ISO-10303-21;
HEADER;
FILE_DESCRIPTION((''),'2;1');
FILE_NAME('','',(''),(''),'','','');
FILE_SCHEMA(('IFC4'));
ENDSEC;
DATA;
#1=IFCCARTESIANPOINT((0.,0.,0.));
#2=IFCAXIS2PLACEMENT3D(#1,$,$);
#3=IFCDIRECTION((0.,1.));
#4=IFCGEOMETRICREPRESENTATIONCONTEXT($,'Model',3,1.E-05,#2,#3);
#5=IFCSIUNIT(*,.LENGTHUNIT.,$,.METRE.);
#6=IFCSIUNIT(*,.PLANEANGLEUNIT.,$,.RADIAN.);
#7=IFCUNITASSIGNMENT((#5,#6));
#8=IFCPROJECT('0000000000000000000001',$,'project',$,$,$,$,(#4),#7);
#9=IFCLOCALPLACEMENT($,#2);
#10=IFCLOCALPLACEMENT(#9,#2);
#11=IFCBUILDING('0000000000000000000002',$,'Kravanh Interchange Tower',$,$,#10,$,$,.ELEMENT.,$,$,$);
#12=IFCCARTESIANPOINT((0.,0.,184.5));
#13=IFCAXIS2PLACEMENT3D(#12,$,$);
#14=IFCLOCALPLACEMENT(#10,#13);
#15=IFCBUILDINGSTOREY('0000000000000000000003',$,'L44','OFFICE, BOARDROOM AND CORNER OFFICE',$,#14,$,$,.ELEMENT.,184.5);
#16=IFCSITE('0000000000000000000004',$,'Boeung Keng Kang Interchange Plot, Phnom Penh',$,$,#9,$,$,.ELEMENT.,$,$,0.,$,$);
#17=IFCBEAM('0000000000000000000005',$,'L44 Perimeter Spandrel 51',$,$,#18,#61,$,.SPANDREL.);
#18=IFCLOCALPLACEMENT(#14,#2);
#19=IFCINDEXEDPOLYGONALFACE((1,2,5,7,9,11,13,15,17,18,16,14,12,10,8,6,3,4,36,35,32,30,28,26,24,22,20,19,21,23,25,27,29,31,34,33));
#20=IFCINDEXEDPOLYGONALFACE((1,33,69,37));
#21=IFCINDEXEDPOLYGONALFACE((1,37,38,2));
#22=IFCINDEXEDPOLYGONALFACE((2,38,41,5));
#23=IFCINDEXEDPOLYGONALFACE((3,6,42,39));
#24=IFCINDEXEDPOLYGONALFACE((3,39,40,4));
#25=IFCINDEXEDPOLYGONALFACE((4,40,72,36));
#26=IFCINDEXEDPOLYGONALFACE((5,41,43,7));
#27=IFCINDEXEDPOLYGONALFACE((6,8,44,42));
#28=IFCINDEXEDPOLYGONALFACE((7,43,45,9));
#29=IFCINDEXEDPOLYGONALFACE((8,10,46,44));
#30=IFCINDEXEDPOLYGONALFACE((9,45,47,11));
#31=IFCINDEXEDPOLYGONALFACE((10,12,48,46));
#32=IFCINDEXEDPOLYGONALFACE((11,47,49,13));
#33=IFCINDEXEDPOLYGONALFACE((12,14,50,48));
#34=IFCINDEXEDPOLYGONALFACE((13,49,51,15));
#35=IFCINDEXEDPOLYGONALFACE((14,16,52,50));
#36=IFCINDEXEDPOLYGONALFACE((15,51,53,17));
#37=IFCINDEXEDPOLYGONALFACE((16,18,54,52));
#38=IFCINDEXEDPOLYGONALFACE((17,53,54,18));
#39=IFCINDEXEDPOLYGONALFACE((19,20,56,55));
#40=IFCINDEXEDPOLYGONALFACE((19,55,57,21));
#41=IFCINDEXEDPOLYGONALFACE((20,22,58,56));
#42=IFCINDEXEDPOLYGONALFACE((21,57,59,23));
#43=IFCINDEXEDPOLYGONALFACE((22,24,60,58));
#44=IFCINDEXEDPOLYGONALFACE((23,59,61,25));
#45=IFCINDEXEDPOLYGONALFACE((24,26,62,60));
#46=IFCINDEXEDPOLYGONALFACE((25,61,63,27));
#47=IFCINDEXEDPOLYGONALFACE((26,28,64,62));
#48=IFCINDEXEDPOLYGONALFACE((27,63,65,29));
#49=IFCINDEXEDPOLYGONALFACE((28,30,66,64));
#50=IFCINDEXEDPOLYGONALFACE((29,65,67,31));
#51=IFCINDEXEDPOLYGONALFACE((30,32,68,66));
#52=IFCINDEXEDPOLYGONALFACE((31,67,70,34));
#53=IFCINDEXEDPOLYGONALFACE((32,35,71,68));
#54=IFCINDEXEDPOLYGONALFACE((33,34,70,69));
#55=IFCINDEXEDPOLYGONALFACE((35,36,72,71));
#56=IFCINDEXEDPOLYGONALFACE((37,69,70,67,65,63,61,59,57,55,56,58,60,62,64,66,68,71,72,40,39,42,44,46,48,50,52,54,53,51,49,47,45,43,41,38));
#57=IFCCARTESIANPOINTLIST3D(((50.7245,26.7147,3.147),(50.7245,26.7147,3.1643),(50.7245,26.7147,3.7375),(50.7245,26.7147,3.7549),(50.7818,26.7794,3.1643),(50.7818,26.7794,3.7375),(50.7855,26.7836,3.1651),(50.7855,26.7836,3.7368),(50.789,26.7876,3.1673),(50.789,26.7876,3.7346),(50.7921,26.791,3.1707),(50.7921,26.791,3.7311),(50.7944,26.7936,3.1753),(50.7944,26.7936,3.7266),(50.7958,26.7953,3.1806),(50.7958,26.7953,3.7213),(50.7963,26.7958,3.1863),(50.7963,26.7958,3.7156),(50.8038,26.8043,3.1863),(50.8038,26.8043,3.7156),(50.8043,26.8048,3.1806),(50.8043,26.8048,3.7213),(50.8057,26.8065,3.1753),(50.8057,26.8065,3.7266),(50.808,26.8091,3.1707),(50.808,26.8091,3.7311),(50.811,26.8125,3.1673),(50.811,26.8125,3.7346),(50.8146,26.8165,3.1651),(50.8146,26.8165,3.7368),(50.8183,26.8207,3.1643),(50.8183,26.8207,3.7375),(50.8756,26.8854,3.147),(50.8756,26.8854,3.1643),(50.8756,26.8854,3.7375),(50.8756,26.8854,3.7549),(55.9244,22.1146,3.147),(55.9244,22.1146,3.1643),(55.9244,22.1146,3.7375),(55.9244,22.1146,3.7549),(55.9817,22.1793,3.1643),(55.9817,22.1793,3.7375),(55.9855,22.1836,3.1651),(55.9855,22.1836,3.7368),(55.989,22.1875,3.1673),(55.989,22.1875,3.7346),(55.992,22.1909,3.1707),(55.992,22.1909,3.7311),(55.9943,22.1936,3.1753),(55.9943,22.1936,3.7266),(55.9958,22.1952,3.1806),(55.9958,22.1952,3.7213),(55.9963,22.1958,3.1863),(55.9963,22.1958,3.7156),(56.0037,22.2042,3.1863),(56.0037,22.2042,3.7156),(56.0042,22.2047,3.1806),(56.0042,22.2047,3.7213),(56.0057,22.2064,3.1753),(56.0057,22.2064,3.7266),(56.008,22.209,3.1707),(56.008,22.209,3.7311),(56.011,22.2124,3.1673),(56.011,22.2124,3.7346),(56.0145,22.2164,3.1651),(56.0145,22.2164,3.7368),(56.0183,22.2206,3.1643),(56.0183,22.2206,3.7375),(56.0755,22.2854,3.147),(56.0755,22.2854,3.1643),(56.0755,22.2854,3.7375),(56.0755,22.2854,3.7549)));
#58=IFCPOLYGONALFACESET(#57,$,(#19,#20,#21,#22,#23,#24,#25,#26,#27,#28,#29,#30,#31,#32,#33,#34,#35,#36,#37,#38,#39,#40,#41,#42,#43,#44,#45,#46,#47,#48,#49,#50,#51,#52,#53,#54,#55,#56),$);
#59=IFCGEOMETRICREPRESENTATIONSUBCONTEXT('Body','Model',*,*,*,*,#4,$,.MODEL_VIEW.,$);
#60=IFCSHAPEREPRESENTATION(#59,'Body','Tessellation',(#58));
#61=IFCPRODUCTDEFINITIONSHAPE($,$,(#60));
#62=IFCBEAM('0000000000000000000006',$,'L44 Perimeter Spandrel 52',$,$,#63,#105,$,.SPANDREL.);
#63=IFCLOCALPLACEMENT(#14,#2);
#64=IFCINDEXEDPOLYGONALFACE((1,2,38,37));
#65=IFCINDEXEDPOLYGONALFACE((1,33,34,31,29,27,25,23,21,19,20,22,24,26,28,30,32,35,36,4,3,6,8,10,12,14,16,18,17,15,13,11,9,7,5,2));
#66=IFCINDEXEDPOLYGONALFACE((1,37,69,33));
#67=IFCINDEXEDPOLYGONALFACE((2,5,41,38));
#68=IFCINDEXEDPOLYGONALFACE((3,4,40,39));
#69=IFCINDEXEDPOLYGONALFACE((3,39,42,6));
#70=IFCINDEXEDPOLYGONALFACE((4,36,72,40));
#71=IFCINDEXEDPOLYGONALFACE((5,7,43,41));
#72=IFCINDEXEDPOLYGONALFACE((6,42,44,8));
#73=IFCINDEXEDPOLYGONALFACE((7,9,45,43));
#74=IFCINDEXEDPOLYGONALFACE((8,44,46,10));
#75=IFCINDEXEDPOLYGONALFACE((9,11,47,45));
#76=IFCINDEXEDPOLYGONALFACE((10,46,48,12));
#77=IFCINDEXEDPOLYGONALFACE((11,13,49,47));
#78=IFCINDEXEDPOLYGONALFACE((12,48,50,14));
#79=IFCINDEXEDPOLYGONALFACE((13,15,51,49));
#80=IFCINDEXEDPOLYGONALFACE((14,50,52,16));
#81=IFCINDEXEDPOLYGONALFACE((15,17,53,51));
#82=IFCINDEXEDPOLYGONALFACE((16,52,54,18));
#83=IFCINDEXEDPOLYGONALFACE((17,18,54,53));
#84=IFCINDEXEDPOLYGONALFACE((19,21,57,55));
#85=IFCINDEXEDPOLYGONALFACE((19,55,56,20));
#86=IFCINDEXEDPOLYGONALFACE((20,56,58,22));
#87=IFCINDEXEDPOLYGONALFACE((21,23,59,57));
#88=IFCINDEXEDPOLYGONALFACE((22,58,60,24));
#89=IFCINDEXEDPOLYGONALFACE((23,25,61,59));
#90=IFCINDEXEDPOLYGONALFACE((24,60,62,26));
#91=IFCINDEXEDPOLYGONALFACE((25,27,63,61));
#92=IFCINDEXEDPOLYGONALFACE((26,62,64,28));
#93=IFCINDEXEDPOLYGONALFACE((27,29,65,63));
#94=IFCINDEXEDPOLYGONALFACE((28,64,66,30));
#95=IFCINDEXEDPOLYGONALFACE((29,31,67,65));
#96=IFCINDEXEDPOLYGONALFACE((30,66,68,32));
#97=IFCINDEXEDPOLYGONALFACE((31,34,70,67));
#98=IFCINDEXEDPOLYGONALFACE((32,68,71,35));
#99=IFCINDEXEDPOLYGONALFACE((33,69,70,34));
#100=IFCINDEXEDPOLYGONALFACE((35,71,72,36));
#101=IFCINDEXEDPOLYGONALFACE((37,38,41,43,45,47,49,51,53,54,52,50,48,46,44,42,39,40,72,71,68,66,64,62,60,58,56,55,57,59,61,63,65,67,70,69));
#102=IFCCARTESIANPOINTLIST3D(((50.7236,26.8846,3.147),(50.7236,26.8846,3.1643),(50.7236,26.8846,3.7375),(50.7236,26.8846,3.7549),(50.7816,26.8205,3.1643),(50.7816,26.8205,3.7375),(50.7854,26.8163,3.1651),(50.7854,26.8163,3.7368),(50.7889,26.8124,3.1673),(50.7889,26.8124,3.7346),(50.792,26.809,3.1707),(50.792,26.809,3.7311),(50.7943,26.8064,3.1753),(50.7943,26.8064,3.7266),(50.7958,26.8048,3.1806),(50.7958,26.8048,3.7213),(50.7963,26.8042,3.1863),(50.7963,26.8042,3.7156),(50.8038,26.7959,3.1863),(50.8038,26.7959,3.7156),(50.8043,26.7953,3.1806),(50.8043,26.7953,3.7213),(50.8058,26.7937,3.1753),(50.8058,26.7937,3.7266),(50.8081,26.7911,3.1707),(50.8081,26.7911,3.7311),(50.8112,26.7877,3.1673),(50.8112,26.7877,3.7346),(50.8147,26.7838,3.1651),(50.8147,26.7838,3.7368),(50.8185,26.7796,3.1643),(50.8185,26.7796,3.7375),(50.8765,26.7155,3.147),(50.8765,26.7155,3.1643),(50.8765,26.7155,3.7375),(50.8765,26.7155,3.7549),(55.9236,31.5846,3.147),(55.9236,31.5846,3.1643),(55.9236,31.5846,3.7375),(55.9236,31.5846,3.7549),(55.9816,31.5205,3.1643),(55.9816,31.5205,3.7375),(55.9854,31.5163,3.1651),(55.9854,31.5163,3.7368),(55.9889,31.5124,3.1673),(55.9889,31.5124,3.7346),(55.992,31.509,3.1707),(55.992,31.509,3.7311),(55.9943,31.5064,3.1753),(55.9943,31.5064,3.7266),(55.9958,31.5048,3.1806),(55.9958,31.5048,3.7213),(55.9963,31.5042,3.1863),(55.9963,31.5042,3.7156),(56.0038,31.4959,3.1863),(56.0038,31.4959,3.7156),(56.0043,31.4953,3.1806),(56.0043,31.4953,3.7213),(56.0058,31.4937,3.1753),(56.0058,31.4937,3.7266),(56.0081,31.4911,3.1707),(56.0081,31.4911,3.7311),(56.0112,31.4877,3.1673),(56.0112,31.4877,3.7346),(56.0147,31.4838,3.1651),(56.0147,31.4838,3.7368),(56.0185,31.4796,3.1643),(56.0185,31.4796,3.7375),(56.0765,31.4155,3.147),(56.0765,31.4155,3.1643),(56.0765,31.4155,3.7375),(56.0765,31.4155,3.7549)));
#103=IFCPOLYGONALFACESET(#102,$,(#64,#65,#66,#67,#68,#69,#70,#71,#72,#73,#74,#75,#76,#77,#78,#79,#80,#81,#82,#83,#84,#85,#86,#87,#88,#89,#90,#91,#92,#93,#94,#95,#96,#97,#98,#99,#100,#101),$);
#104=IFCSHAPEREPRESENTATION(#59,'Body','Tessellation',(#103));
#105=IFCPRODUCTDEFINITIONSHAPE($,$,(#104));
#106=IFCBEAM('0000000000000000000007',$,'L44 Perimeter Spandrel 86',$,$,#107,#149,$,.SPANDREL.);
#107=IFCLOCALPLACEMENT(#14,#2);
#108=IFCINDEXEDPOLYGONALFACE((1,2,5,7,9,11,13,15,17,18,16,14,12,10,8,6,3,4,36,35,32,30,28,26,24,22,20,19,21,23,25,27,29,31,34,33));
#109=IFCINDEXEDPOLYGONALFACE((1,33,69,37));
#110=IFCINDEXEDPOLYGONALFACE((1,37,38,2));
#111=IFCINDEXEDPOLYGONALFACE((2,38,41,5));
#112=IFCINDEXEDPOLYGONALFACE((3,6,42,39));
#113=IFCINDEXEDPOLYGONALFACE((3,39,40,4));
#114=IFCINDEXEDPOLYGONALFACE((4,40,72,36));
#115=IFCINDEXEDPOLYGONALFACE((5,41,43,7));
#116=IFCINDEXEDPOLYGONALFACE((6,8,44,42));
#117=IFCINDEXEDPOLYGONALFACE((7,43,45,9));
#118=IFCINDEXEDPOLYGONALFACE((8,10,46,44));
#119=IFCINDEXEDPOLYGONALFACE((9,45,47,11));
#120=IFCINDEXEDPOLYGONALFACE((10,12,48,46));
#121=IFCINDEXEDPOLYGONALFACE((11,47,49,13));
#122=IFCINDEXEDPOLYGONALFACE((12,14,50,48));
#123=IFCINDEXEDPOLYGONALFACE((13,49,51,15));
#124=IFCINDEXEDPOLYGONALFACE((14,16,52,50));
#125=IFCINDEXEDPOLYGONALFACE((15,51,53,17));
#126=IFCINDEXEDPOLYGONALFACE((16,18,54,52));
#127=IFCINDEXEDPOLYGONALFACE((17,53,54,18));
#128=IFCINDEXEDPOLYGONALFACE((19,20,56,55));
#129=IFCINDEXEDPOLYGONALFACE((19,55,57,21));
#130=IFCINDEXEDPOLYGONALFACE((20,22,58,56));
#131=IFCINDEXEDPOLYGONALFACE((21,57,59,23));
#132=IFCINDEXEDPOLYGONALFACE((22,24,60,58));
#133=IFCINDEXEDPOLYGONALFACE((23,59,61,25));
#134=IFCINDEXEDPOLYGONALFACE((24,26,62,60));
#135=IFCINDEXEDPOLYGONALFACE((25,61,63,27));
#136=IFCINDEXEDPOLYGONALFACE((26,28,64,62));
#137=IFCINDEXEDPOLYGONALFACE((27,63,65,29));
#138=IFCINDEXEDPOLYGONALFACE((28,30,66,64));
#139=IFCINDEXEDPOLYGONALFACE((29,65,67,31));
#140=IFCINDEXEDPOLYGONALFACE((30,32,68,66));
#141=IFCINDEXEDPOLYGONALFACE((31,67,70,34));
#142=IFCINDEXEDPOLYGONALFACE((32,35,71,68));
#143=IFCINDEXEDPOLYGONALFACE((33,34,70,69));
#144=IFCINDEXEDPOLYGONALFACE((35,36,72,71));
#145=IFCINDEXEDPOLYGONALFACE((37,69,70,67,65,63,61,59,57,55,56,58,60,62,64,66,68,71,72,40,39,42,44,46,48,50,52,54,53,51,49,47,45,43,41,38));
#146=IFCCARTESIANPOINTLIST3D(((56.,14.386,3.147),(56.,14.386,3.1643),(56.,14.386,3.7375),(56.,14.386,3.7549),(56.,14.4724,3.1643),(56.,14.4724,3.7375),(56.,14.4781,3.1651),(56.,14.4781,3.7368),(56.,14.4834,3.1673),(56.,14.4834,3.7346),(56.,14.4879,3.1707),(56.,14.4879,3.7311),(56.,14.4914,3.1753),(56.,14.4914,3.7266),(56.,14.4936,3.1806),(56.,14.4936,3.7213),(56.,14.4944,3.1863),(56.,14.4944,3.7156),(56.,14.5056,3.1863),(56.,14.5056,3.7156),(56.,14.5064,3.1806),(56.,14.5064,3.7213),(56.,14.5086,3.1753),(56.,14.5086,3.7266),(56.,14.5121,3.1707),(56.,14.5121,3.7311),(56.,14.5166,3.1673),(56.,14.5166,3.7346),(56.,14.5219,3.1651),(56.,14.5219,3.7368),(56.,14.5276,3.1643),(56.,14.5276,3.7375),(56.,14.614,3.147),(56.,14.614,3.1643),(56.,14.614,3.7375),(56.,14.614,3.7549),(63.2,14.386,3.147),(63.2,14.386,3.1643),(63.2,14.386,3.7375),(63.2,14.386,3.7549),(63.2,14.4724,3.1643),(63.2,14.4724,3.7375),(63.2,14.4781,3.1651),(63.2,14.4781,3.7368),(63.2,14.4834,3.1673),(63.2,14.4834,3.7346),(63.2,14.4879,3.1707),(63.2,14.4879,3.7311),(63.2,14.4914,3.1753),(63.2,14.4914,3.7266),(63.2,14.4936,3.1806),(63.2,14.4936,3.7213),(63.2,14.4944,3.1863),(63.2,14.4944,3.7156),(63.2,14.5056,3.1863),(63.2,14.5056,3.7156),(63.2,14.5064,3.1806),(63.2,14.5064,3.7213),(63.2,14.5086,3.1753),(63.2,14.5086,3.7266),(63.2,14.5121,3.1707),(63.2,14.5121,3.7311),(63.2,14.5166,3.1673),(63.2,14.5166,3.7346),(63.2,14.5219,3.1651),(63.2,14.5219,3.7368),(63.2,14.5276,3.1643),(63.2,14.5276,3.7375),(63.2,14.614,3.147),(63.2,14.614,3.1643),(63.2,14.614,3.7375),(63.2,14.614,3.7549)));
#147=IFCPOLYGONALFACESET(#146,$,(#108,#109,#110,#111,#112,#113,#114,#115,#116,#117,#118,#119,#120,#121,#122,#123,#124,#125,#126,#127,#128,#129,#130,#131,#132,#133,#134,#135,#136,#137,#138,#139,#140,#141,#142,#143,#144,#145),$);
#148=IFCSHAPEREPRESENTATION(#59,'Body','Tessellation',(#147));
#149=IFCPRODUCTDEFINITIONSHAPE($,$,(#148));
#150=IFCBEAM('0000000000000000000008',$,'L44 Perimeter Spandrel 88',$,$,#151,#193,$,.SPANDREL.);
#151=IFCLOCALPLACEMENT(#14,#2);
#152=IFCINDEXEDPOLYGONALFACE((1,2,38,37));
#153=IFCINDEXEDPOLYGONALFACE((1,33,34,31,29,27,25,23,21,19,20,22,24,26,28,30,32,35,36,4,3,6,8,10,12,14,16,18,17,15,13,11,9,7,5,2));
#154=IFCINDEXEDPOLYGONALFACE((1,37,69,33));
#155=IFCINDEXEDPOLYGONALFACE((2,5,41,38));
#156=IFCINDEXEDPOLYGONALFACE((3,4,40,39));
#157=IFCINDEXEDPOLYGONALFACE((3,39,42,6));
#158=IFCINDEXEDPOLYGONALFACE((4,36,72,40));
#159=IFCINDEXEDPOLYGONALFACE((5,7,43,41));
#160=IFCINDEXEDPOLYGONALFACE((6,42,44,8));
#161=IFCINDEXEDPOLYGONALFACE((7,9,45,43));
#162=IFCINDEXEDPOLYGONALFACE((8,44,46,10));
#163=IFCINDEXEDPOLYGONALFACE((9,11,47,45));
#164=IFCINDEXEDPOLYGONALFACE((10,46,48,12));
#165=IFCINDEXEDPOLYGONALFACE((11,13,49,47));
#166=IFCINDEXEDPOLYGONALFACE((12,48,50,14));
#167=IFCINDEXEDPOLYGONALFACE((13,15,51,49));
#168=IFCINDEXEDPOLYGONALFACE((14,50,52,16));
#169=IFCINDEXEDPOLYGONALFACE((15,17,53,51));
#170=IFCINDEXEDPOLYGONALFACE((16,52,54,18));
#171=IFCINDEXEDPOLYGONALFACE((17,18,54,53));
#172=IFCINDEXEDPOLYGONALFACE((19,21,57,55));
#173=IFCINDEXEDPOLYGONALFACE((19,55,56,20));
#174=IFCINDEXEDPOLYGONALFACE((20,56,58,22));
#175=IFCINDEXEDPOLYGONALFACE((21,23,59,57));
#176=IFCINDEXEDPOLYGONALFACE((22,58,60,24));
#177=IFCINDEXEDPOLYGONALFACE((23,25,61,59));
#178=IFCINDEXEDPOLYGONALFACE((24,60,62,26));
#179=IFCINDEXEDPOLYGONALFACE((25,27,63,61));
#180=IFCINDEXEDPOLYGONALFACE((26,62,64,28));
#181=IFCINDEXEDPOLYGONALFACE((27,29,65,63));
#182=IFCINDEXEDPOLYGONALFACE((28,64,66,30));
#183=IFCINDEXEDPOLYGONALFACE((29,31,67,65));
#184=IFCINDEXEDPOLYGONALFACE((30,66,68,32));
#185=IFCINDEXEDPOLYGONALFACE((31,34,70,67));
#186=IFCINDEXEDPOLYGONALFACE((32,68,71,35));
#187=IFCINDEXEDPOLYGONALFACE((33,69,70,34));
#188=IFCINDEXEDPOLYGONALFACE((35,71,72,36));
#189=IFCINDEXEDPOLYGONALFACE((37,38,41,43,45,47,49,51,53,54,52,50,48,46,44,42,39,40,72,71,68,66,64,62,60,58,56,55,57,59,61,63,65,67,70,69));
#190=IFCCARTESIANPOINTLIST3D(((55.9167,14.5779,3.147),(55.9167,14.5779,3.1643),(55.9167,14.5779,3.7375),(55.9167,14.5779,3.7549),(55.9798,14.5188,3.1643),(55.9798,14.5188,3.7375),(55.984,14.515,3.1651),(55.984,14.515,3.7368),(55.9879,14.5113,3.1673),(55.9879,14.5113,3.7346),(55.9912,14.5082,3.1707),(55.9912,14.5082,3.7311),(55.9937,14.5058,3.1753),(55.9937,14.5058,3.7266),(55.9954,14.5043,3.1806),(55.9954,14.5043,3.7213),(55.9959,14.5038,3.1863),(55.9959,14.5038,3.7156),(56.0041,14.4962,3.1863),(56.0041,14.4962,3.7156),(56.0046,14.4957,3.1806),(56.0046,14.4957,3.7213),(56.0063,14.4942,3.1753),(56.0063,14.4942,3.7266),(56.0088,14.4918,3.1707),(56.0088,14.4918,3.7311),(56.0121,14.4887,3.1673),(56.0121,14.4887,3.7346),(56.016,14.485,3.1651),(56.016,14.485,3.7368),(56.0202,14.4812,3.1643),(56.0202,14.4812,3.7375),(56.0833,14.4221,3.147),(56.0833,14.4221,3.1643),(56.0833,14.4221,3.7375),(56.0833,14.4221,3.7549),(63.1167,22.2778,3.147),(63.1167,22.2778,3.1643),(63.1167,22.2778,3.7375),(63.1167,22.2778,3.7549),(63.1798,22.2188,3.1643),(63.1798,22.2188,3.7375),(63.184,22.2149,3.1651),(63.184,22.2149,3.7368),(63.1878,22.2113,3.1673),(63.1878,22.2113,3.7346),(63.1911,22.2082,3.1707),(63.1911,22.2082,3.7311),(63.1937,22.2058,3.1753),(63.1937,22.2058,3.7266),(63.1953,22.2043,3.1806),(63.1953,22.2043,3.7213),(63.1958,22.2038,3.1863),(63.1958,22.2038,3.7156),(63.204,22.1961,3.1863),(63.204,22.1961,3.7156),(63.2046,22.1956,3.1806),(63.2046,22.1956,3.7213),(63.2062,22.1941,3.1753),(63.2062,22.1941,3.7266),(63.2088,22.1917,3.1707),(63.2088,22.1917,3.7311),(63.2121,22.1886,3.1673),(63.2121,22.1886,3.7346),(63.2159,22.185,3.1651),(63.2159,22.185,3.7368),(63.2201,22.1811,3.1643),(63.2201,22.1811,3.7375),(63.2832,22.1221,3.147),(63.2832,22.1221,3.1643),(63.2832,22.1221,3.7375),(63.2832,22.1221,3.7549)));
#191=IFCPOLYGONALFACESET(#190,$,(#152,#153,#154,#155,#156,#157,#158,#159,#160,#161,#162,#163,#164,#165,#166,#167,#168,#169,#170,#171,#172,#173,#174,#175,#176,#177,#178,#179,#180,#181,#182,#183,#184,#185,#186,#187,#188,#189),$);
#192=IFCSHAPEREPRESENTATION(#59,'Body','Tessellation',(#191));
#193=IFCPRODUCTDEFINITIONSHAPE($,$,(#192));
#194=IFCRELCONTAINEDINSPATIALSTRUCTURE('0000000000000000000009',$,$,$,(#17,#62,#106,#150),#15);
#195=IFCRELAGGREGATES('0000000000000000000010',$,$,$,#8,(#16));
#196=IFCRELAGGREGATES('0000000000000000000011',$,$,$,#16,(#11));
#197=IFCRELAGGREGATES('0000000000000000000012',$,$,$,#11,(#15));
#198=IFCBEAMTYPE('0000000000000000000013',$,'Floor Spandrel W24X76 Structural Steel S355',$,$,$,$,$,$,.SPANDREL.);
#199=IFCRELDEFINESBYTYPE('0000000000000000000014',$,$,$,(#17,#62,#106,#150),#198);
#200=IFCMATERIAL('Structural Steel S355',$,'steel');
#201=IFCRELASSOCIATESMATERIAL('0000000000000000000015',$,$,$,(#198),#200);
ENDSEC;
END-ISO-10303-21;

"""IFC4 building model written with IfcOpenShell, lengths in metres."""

from ifc_helpers import new_model, si_unit, direction, frame, origin, origin_2d, place, context, subcontext, project, spatial, i_section, extrude, material, material_profile, profile_set, type_object, element, save


model = new_model("IFC4")

# Units and contexts
model_context = context("Model", 3, precision=1e-05, world=origin(), true_north=direction((0.0, 1.0)))
body_context = subcontext(model_context, "Body", "Model", "MODEL_VIEW")
ifc_project = project(units=[si_unit("LENGTHUNIT", "METRE"), si_unit("PLANEANGLEUNIT", "RADIAN")], contexts=[model_context])

# Site, building, storey
site_placement = place(None, origin())
site = spatial("IfcSite", under=ifc_project, at=site_placement, Name="Boeung Keng Kang Interchange Plot, Phnom Penh", CompositionType="ELEMENT", RefElevation=0.0)
building_placement = place(site_placement, origin())
building = spatial("IfcBuilding", under=site, at=building_placement, Name="Kravanh Interchange Tower", CompositionType="ELEMENT")
storey_placement = place(building_placement, frame((0.0, 0.0, 184.5)))
storey = spatial("IfcBuildingStorey", under=building, at=storey_placement, Name="L44", Description="OFFICE, BOARDROOM AND CORNER OFFICE", CompositionType="ELEMENT", Elevation=184.5)

# Beams
ifc_material_1 = material(Name="Structural Steel S355", Category="steel")
ifc_material_profile_1 = material_profile(ifc_material_1, i_section(OverallWidth=0.228, OverallDepth=0.6079, WebThickness=0.0112, FlangeThickness=0.0173, FilletRadius=0.022, at=origin_2d()), Name="W24X76")
ifc_profile_set_1 = profile_set([ifc_material_profile_1], Name="Structural Steel S355")
beam_type_1 = type_object("IfcBeamType", Name="Floor Spandrel W24X76 Structural Steel S355", PredefinedType="SPANDREL", material=ifc_profile_set_1)
beam_1_placement = place(storey_placement, frame((50.8, 26.8, 3.4509), z_axis=(0.748986, -0.662585, 0.0), x_axis=(0.662585, 0.748986, 0.0)))
element("IfcBeam", 1, at=beam_1_placement, inside=storey, type_object=beam_type_1, Name="L44 Perimeter Spandrel 51", PredefinedType="SPANDREL", context=body_context, shape_type="SweptSolid", body=[
    extrude(i_section(OverallWidth=0.228, OverallDepth=0.6079, WebThickness=0.0112, FlangeThickness=0.0173, FilletRadius=0.022, at=origin_2d()), origin(), (0.0, 0.0, 1.0), 6.9426),
])
beam_2_placement = place(storey_placement, frame((50.8, 26.8, 3.4509), z_axis=(0.741874, 0.670539, 0.0), x_axis=(-0.670539, 0.741874, 0.0)))
element("IfcBeam", 2, at=beam_2_placement, inside=storey, type_object=beam_type_1, Name="L44 Perimeter Spandrel 52", PredefinedType="SPANDREL", context=body_context, shape_type="SweptSolid", body=[
    extrude(i_section(OverallWidth=0.228, OverallDepth=0.6079, WebThickness=0.0112, FlangeThickness=0.0173, FilletRadius=0.022, at=origin_2d()), origin(), (0.0, 0.0, 1.0), 7.0093),
])
beam_3_placement = place(storey_placement, frame((56.0, 14.5, 3.4509), z_axis=(1.0, 0.0, 0.0), x_axis=(0.0, 1.0, 0.0)))
element("IfcBeam", 3, at=beam_3_placement, inside=storey, type_object=beam_type_1, Name="L44 Perimeter Spandrel 86", PredefinedType="SPANDREL", context=body_context, shape_type="SweptSolid", body=[
    extrude(i_section(OverallWidth=0.228, OverallDepth=0.6079, WebThickness=0.0112, FlangeThickness=0.0173, FilletRadius=0.022, at=origin_2d()), origin(), (0.0, 0.0, 1.0), 7.2),
])
beam_4_placement = place(storey_placement, frame((56.0, 14.5, 3.4509), z_axis=(0.682994, 0.730424, 0.0), x_axis=(-0.730424, 0.682994, 0.0)))
element("IfcBeam", 4, at=beam_4_placement, inside=storey, type_object=beam_type_1, Name="L44 Perimeter Spandrel 88", PredefinedType="SPANDREL", context=body_context, shape_type="SweptSolid", body=[
    extrude(i_section(OverallWidth=0.228, OverallDepth=0.6079, WebThickness=0.0112, FlangeThickness=0.0173, FilletRadius=0.022, at=origin_2d()), origin(), (0.0, 0.0, 1.0), 10.5417),
])

save(model, "model.ifc")
